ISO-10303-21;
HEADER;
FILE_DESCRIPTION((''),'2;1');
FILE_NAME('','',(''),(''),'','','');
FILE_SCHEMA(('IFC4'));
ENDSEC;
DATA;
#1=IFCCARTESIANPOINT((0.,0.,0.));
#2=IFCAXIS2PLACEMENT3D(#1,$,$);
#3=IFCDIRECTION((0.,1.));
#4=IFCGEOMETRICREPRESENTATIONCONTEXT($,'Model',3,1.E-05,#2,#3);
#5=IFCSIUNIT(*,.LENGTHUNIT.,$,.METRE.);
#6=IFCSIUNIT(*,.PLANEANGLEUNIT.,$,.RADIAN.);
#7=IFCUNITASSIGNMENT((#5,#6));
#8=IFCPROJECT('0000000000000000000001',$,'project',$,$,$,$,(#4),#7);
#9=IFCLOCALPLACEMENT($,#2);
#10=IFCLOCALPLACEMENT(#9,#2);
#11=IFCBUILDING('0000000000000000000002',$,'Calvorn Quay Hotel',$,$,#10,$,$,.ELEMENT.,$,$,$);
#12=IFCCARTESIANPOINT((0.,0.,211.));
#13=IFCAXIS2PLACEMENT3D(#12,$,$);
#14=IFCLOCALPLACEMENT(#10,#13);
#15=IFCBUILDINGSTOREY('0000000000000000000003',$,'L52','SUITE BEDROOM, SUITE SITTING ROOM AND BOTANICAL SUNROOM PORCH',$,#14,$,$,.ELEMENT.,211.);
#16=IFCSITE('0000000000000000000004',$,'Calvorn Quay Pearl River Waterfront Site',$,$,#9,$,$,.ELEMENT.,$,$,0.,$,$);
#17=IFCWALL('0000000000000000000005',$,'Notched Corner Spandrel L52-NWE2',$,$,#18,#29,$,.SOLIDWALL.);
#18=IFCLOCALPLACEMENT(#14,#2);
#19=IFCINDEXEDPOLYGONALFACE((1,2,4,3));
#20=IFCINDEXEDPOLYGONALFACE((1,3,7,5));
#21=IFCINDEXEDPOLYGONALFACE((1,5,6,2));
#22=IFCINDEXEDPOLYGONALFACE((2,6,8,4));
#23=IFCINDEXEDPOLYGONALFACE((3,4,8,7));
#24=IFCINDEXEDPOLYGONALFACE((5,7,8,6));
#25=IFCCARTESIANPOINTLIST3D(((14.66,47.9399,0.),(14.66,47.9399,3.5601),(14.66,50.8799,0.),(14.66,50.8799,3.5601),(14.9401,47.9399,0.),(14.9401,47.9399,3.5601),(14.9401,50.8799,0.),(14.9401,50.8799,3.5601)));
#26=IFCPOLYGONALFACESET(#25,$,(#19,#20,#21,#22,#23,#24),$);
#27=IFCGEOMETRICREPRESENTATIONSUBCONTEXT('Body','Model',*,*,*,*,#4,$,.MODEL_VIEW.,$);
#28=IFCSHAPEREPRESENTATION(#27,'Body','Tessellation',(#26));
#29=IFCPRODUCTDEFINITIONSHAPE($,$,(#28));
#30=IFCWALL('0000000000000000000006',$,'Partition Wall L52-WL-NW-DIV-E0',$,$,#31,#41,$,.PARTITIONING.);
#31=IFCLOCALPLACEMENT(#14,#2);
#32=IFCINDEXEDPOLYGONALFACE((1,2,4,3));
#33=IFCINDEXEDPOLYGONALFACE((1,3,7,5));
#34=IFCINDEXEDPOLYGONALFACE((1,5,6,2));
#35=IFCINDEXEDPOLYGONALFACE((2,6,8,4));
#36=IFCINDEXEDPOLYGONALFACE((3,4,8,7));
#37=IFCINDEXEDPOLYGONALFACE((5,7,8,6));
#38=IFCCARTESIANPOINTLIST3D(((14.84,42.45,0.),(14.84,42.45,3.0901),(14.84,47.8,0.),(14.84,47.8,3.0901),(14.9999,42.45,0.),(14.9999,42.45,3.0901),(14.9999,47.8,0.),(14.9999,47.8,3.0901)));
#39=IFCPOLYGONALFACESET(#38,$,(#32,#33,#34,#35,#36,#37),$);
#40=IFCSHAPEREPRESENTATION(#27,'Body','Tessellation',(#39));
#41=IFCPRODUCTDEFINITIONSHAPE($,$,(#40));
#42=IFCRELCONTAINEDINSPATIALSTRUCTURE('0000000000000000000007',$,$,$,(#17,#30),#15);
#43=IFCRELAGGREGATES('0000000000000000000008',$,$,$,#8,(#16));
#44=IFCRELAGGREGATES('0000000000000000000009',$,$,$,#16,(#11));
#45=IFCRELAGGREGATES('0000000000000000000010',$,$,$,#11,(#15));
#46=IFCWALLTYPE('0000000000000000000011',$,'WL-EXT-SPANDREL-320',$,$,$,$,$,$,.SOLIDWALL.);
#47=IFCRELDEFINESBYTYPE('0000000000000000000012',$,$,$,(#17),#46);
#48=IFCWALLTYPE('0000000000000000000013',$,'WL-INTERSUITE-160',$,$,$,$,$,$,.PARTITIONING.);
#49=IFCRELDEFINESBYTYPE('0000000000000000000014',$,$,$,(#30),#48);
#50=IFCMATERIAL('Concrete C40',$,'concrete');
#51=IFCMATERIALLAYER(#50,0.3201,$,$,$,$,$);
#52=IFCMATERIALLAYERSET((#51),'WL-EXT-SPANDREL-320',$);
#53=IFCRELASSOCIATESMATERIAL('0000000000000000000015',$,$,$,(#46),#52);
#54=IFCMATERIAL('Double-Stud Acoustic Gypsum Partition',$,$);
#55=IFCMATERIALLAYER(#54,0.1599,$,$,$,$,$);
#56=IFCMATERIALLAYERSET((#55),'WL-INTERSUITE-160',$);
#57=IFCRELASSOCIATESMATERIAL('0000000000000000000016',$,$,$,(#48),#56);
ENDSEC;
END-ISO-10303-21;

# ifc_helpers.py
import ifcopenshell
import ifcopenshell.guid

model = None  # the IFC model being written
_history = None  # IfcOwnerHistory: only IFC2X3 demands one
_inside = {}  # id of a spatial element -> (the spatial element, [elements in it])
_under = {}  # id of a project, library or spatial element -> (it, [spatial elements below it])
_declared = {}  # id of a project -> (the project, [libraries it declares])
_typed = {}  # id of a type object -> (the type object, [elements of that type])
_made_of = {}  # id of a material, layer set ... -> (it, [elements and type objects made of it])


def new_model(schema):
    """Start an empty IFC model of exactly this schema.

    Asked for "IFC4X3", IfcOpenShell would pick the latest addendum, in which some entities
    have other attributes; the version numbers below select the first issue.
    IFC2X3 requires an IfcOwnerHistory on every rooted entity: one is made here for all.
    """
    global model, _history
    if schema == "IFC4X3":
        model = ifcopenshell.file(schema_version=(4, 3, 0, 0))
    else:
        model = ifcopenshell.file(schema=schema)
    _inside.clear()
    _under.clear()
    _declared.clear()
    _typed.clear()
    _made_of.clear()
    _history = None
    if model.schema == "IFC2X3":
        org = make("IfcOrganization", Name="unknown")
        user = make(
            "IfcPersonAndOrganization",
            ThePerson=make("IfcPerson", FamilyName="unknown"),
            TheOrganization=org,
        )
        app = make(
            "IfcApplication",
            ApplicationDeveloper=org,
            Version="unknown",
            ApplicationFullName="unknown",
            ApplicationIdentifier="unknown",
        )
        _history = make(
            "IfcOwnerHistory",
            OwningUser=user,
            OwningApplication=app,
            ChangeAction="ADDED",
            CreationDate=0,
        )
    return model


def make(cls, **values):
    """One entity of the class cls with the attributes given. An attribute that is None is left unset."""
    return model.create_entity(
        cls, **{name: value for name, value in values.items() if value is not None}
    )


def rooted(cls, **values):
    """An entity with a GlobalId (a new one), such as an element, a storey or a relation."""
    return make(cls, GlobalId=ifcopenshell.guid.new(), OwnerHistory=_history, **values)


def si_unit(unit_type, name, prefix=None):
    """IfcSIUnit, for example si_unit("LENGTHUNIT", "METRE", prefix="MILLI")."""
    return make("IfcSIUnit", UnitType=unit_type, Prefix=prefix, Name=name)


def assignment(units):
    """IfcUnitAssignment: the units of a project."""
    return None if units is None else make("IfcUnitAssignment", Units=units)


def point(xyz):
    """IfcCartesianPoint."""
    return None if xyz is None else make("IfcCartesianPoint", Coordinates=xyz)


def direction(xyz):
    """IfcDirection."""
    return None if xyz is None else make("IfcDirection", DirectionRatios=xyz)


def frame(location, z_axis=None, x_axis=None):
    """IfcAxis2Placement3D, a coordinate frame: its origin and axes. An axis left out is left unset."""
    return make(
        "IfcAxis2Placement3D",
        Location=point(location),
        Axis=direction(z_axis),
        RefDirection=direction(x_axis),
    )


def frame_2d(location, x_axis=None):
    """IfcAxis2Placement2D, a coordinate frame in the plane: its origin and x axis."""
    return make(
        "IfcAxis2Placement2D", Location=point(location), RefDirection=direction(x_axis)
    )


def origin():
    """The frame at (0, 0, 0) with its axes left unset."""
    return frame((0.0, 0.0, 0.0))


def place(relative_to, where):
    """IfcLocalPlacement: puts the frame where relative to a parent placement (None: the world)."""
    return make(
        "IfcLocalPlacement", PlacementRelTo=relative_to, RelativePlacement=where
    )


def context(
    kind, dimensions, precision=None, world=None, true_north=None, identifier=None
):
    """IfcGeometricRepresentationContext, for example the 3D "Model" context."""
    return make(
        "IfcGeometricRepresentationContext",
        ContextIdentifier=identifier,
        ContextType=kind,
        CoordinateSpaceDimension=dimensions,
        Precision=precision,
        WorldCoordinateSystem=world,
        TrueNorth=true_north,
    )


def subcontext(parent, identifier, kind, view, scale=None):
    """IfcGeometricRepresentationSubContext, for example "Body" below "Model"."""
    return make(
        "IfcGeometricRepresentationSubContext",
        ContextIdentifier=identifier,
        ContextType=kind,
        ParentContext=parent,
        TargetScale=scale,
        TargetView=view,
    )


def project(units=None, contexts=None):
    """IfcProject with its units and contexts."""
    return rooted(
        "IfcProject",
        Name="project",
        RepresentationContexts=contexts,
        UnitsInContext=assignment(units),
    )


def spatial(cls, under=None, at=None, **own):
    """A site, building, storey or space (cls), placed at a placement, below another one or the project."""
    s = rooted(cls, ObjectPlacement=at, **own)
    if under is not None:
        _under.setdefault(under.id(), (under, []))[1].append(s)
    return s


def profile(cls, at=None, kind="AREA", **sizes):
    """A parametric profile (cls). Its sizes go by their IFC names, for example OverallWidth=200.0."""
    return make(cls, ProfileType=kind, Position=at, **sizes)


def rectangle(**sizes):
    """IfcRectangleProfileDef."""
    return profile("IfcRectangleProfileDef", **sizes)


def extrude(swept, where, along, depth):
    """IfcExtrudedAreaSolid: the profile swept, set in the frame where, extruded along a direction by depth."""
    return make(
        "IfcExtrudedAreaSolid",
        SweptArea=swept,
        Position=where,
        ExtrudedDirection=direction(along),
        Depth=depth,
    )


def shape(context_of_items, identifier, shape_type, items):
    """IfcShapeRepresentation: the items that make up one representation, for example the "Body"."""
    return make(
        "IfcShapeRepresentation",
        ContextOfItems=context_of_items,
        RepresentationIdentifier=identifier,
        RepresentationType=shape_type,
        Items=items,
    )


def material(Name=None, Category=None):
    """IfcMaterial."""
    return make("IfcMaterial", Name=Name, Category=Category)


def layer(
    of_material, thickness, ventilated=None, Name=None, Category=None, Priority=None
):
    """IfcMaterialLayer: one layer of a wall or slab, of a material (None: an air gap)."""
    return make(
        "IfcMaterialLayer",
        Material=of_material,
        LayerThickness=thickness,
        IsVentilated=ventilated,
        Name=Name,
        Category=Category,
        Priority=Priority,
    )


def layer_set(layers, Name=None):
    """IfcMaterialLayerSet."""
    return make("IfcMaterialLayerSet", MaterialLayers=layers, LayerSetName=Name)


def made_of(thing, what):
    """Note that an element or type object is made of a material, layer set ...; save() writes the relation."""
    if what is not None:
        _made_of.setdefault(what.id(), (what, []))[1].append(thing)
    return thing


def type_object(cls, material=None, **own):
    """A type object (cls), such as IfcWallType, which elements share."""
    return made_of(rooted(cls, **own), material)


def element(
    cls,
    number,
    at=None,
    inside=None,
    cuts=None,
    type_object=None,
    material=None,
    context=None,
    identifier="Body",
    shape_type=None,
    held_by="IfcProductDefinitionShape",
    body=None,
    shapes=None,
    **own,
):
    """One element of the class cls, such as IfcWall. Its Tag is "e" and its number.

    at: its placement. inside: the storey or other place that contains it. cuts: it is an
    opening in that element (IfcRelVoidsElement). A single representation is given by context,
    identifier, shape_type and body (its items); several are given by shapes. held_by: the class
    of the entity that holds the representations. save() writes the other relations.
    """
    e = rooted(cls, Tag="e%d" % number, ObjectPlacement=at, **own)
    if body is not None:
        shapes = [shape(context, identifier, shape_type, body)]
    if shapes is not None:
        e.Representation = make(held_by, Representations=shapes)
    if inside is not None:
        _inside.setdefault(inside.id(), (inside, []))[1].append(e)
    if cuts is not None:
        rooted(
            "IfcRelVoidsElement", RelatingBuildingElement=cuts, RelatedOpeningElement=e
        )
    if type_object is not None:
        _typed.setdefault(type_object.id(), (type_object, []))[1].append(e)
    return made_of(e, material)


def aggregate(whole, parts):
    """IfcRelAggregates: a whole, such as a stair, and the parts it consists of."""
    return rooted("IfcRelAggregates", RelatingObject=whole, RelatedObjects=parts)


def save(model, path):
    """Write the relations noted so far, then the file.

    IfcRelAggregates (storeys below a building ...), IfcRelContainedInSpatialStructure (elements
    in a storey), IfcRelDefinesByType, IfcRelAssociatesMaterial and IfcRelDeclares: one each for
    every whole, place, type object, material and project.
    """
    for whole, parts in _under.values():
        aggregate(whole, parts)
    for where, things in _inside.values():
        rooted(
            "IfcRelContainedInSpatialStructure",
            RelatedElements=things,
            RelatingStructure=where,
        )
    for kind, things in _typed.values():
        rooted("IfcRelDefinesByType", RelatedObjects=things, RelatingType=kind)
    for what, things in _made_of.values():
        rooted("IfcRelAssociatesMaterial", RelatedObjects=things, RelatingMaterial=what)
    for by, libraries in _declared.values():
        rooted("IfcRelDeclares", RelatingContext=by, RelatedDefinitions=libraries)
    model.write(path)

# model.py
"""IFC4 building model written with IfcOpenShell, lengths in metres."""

from ifc_helpers import new_model, si_unit, direction, frame, frame_2d, origin, place, context, subcontext, project, spatial, rectangle, extrude, material, layer, layer_set, type_object, element, save


model = new_model("IFC4")

# Units and contexts
model_context = context("Model", 3, precision=1e-05, world=origin(), true_north=direction((0.0, 1.0)))
body_context = subcontext(model_context, "Body", "Model", "MODEL_VIEW")
ifc_project = project(units=[si_unit("LENGTHUNIT", "METRE"), si_unit("PLANEANGLEUNIT", "RADIAN")], contexts=[model_context])

# Site, building, storey
site_placement = place(None, origin())
site = spatial("IfcSite", under=ifc_project, at=site_placement, Name="Calvorn Quay Pearl River Waterfront Site", CompositionType="ELEMENT", RefElevation=0.0)
building_placement = place(site_placement, origin())
building = spatial("IfcBuilding", under=site, at=building_placement, Name="Calvorn Quay Hotel", CompositionType="ELEMENT")
storey_placement = place(building_placement, frame((0.0, 0.0, 211.0)))
storey = spatial("IfcBuildingStorey", under=building, at=storey_placement, Name="L52", Description="SUITE BEDROOM, SUITE SITTING ROOM AND BOTANICAL SUNROOM PORCH", CompositionType="ELEMENT", Elevation=211.0)

# Walls
ifc_material_1 = material(Name="Concrete C40", Category="concrete")
ifc_layer_1 = layer(ifc_material_1, 0.3201)
ifc_layer_set_1 = layer_set([ifc_layer_1], Name="WL-EXT-SPANDREL-320")
wall_type_1 = type_object("IfcWallType", Name="WL-EXT-SPANDREL-320", PredefinedType="SOLIDWALL", material=ifc_layer_set_1)
wall_1_placement = place(storey_placement, frame((14.8, 47.9399, 0.0), z_axis=(0.0, 0.0, 1.0), x_axis=(0.0, 1.0, 0.0)))
element("IfcWall", 1, at=wall_1_placement, inside=storey, type_object=wall_type_1, Name="Notched Corner Spandrel L52-NWE2", PredefinedType="SOLIDWALL", context=body_context, shape_type="SweptSolid", body=[
    extrude(rectangle(XDim=2.9399, YDim=0.28, at=frame_2d((1.47, 0.0))), origin(), (0.0, 0.0, 1.0), 3.5601),
])
ifc_material_2 = material(Name="Double-Stud Acoustic Gypsum Partition")
ifc_layer_2 = layer(ifc_material_2, 0.1599)
ifc_layer_set_2 = layer_set([ifc_layer_2], Name="WL-INTERSUITE-160")
wall_type_2 = type_object("IfcWallType", Name="WL-INTERSUITE-160", PredefinedType="PARTITIONING", material=ifc_layer_set_2)
wall_2_placement = place(storey_placement, frame((14.9199, 42.45, 0.0), z_axis=(0.0, 0.0, 1.0), x_axis=(0.0, 1.0, 0.0)))
element("IfcWall", 2, at=wall_2_placement, inside=storey, type_object=wall_type_2, Name="Partition Wall L52-WL-NW-DIV-E0", PredefinedType="PARTITIONING", context=body_context, shape_type="SweptSolid", body=[
    extrude(rectangle(XDim=5.3501, YDim=0.1599, at=frame_2d((2.675, 0.0))), origin(), (0.0, 0.0, 1.0), 3.0901),
])

save(model, "model.ifc")
